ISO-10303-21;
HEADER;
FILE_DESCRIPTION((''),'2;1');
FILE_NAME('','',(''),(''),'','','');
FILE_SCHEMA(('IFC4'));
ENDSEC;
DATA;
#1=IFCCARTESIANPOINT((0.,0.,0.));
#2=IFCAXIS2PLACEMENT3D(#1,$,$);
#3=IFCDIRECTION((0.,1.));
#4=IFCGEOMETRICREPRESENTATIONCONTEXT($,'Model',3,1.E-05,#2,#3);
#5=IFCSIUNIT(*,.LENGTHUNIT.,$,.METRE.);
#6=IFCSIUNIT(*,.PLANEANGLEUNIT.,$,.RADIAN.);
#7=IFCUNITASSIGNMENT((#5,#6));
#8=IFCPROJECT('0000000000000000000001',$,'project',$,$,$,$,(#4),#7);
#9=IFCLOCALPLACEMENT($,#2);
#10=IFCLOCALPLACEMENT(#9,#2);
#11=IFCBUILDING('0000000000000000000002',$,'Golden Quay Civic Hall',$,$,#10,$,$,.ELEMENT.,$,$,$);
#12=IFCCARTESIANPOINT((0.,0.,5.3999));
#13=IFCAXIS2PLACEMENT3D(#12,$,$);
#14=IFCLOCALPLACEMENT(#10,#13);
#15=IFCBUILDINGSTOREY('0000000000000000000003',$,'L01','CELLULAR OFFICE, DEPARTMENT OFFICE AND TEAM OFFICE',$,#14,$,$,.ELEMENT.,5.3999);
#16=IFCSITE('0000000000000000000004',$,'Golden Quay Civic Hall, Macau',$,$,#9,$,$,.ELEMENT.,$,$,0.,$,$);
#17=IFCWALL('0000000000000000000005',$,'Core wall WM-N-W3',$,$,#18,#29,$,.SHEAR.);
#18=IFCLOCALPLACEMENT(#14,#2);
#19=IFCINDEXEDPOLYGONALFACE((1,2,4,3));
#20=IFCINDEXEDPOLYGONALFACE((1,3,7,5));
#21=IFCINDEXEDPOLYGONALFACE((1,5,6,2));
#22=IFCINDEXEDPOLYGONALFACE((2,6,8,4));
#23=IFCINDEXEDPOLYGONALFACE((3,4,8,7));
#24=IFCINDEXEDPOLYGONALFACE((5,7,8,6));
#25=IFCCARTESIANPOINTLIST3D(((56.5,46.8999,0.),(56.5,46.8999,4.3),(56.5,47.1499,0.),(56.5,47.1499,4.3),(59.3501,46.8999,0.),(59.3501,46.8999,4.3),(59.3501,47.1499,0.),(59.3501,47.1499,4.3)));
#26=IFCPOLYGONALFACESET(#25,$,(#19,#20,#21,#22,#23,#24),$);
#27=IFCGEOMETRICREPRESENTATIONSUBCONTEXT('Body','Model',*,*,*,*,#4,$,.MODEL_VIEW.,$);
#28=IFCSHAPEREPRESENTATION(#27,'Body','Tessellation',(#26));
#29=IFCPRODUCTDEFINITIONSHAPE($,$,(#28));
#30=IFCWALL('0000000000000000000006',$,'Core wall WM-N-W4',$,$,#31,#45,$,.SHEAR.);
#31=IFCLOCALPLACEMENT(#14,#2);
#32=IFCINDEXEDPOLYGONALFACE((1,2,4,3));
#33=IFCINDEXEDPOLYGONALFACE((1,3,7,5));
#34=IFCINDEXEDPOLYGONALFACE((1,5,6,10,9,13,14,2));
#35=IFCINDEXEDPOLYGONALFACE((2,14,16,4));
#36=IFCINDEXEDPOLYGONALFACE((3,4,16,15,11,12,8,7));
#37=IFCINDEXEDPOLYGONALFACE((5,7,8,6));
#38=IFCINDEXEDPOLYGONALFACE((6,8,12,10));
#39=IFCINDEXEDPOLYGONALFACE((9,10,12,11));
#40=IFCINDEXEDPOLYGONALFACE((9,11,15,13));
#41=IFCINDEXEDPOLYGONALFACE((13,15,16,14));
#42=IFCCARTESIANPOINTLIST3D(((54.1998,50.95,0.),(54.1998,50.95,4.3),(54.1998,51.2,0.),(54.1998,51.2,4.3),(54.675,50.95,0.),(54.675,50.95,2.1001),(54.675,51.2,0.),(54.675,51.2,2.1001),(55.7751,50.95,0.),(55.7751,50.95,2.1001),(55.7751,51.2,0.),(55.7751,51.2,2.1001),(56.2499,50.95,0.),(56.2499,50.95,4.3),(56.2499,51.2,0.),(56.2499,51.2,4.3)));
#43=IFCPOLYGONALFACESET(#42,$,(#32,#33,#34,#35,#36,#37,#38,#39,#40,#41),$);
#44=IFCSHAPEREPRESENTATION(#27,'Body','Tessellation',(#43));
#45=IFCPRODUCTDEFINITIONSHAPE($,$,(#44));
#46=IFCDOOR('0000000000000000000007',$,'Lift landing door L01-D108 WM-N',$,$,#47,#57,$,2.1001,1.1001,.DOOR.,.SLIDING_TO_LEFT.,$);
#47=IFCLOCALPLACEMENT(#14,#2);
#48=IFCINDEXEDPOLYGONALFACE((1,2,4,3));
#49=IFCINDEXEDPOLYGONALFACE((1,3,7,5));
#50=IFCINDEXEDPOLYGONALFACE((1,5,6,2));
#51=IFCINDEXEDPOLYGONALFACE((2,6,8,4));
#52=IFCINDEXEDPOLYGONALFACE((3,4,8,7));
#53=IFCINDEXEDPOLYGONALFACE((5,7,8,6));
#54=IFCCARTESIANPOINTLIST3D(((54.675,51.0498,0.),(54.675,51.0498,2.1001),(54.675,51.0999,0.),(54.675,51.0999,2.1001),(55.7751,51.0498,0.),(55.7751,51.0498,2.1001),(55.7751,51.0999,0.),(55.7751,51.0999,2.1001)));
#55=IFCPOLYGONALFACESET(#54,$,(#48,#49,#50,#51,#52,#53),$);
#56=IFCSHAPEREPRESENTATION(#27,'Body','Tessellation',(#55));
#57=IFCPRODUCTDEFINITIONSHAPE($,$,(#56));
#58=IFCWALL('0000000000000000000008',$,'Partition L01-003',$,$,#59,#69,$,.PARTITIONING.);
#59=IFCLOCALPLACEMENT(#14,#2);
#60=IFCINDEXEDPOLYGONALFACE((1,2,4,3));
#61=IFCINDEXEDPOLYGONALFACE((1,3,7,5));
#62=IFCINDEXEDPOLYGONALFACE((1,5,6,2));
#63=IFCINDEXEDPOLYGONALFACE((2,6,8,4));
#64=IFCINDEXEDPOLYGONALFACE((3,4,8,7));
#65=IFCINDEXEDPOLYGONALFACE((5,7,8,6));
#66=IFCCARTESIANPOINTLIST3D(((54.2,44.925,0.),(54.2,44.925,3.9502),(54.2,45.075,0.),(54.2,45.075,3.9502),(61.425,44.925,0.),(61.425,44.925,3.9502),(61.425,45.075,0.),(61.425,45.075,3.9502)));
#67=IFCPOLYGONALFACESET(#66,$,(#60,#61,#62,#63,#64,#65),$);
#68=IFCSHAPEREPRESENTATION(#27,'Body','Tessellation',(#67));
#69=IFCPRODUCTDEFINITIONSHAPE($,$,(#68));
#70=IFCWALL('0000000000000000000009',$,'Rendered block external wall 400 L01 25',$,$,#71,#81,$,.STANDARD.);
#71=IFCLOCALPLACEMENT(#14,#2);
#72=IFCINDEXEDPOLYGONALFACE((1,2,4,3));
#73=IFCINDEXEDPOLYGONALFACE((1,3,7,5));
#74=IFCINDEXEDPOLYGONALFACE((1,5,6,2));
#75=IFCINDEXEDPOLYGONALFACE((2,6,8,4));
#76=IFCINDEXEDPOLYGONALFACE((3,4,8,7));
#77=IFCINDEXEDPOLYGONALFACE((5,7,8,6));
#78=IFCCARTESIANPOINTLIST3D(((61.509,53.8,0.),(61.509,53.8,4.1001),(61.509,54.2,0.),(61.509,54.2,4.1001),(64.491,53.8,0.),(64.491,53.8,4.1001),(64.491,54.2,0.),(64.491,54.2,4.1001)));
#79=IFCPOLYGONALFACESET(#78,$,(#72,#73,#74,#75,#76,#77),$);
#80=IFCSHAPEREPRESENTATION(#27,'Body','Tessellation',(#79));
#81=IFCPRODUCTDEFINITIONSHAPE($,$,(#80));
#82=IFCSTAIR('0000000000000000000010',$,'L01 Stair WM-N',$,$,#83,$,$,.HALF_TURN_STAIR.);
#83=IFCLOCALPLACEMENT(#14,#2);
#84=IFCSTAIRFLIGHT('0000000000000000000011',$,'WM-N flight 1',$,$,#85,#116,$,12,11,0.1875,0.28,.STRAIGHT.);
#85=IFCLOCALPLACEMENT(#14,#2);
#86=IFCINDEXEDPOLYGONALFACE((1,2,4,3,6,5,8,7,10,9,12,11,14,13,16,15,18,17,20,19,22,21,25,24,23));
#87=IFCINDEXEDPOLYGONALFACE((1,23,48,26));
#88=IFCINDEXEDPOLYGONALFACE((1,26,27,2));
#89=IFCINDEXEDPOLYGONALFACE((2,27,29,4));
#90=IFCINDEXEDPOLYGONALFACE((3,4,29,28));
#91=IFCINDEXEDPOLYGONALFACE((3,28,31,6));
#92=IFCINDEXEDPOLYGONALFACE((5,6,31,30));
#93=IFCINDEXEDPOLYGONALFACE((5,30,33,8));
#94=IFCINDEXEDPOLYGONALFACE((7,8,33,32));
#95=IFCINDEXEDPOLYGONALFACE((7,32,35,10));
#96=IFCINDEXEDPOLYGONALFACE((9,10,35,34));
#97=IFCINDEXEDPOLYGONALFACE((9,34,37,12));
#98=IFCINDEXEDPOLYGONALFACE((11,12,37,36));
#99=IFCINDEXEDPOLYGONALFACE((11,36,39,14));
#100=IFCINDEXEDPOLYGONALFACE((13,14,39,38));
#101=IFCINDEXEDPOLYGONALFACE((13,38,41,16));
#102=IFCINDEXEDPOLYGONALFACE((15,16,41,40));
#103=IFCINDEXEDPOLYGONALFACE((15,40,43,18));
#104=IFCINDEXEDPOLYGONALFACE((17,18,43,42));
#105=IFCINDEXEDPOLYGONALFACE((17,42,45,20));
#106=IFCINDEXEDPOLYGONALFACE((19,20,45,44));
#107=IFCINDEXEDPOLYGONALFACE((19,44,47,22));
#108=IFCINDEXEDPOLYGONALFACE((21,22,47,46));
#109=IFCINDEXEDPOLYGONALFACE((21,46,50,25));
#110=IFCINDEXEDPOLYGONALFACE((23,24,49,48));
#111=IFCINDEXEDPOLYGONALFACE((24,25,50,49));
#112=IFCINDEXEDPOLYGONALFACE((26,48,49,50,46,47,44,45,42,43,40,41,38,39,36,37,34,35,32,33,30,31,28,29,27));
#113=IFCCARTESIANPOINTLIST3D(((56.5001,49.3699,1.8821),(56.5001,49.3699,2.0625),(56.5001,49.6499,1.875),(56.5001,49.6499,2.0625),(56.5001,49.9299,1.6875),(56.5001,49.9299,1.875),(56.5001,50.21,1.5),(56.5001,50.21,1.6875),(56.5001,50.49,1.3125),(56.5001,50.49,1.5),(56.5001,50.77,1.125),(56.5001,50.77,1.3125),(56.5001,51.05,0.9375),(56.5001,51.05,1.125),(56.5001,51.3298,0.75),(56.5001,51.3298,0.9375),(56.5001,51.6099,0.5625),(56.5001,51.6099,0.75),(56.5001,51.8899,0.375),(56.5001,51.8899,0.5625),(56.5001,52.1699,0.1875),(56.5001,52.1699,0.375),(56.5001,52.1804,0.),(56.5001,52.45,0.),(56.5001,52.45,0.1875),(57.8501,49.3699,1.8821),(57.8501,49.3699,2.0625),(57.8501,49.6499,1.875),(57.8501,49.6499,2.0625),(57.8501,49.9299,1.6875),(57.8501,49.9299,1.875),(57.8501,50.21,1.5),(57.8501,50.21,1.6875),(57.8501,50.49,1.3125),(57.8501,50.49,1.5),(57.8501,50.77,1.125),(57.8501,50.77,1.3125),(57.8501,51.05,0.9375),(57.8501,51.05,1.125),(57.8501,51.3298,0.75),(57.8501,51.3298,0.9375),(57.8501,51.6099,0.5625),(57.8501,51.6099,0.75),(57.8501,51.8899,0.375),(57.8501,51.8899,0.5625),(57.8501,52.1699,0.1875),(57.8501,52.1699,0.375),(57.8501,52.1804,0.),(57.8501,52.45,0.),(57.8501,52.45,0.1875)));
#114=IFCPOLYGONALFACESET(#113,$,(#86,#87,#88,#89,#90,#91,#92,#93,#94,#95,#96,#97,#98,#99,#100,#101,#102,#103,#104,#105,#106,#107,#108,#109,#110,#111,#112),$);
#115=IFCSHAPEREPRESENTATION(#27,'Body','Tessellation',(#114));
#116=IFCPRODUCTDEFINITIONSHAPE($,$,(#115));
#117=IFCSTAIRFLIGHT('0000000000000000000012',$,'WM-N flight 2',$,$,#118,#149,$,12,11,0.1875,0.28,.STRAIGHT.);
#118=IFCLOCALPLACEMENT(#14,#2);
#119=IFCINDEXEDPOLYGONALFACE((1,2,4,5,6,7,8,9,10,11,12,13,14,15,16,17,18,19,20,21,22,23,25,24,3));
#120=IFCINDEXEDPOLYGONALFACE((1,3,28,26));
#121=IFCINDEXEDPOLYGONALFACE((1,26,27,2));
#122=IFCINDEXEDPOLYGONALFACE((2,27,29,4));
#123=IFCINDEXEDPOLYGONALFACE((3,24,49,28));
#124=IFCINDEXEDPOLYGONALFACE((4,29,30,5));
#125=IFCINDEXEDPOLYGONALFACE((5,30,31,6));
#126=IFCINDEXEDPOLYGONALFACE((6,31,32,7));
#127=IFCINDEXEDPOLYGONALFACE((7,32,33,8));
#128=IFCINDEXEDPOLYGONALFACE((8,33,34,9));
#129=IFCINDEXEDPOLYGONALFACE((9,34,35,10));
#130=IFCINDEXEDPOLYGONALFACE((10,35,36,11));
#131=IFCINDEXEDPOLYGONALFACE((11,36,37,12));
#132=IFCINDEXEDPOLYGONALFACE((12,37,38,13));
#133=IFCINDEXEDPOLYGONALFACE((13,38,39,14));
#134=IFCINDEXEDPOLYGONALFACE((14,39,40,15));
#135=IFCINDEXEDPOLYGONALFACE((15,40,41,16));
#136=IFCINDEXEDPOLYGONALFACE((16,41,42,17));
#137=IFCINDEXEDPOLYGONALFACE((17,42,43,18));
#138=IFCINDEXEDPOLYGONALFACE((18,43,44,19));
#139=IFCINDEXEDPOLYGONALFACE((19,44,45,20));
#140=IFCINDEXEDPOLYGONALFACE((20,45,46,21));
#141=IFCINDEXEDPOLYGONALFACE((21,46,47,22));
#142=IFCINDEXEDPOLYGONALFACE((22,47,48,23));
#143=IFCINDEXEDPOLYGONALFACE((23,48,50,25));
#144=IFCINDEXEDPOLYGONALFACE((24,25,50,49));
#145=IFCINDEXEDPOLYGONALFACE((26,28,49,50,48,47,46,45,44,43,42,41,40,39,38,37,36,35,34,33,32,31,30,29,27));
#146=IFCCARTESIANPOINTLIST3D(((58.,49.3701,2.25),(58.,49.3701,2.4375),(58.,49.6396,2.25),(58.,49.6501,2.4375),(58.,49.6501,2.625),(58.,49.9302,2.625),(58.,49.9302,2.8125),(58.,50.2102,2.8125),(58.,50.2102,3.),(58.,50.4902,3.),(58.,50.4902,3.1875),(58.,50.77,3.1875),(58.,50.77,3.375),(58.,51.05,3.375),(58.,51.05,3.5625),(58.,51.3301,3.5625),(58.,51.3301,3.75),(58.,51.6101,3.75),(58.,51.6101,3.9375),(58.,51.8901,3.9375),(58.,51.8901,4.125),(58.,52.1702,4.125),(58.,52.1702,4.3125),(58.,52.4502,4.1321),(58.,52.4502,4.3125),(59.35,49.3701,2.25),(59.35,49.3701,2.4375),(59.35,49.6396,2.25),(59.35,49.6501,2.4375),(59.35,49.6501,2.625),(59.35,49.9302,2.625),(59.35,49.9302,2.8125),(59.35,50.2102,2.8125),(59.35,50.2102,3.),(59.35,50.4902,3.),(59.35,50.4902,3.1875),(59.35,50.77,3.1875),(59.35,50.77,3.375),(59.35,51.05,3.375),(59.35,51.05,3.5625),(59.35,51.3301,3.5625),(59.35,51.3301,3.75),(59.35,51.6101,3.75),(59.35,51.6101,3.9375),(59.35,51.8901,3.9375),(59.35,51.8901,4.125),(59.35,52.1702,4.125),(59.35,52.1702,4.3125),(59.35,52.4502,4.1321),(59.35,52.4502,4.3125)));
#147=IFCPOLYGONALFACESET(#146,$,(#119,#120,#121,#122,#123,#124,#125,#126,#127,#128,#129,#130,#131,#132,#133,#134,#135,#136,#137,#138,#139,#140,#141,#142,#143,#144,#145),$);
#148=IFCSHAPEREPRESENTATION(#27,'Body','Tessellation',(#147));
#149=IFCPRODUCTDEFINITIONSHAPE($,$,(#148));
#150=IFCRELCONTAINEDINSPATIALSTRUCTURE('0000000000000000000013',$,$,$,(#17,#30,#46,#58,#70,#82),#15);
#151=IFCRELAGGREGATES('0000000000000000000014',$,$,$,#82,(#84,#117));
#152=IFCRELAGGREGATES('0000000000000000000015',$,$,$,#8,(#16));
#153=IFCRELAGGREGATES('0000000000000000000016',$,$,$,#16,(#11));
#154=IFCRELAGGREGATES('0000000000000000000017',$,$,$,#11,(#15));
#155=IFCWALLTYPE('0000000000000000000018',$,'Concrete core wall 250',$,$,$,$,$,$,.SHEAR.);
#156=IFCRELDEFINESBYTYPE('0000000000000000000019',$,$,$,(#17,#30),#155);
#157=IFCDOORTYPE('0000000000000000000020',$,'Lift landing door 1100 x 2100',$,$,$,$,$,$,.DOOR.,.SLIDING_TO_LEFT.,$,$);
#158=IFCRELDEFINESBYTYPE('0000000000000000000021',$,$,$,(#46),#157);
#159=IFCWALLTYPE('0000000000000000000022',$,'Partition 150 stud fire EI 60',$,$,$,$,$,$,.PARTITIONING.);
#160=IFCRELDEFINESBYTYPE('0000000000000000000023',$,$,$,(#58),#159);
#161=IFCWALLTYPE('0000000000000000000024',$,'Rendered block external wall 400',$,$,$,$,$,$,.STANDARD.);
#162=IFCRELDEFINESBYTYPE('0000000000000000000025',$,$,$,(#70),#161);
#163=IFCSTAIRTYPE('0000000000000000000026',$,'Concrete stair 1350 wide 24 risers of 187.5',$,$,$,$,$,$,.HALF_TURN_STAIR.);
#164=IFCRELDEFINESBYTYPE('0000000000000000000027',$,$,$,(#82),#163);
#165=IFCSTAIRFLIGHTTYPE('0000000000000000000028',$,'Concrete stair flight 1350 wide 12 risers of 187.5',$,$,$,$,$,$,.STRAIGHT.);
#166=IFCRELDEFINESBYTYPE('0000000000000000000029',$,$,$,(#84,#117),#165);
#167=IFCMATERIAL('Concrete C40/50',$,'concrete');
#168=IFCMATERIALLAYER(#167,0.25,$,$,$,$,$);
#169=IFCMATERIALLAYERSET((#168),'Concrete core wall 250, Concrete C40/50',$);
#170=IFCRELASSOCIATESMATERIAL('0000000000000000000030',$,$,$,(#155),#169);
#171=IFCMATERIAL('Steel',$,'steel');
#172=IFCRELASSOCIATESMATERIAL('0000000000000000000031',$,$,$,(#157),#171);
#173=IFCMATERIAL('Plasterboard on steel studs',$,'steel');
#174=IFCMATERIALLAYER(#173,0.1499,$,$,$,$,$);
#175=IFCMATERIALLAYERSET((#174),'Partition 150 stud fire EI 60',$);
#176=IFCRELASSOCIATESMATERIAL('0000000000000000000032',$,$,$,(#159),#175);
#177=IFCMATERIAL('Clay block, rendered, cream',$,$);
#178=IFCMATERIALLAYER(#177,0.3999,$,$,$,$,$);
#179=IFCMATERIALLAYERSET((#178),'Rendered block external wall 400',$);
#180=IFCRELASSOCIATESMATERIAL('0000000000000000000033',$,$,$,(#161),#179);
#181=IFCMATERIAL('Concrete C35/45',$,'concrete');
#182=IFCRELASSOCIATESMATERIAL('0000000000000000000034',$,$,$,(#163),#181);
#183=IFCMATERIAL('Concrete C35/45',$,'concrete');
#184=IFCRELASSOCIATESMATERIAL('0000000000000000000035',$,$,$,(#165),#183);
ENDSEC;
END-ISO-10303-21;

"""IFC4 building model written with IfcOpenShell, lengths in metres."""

from ifc_helpers import new_model, si_unit, direction, frame, frame_2d, origin, place, context, subcontext, project, spatial, polyline, rectangle, outline, extrude, material, layer, layer_set, type_object, element, fill, aggregate, save


model = new_model("IFC4")

# Units and contexts
model_context = context("Model", 3, precision=1e-05, world=origin(), true_north=direction((0.0, 1.0)))
body_context = subcontext(model_context, "Body", "Model", "MODEL_VIEW")
ifc_project = project(units=[si_unit("LENGTHUNIT", "METRE"), si_unit("PLANEANGLEUNIT", "RADIAN")], contexts=[model_context])

# Site, building, storey
site_placement = place(None, origin())
site = spatial("IfcSite", under=ifc_project, at=site_placement, Name="Golden Quay Civic Hall, Macau", CompositionType="ELEMENT", RefElevation=0.0)
building_placement = place(site_placement, origin())
building = spatial("IfcBuilding", under=site, at=building_placement, Name="Golden Quay Civic Hall", CompositionType="ELEMENT")
storey_placement = place(building_placement, frame((0.0, 0.0, 5.3999)))
storey = spatial("IfcBuildingStorey", under=building, at=storey_placement, Name="L01", Description="CELLULAR OFFICE, DEPARTMENT OFFICE AND TEAM OFFICE", CompositionType="ELEMENT", Elevation=5.3999)

# Shared definitions
ifc_material_1 = material(Name="Concrete C40/50", Category="concrete")
ifc_layer_1 = layer(ifc_material_1, 0.25)
ifc_layer_set_1 = layer_set([ifc_layer_1], Name="Concrete core wall 250, Concrete C40/50")
wall_type_1 = type_object("IfcWallType", Name="Concrete core wall 250", PredefinedType="SHEAR", material=ifc_layer_set_1)

# Wall
wall_1_placement = place(storey_placement, frame((56.5, 47.0249, 0.0), z_axis=(0.0, 0.0, 1.0), x_axis=(1.0, 0.0, 0.0)))
element("IfcWall", 1, at=wall_1_placement, inside=storey, type_object=wall_type_1, Name="Core wall WM-N-W3", PredefinedType="SHEAR", context=body_context, shape_type="SweptSolid", body=[
    extrude(rectangle(XDim=2.8501, YDim=0.25, at=frame_2d((1.425, 0.0))), origin(), (0.0, 0.0, 1.0), 4.3),
])

# Wall, opening, door
wall_2_placement = place(storey_placement, frame((54.2, 51.075, 0.0), z_axis=(0.0, 0.0, 1.0), x_axis=(1.0, 0.0, 0.0)))
wall_2 = element("IfcWall", 2, at=wall_2_placement, inside=storey, type_object=wall_type_1, Name="Core wall WM-N-W4", PredefinedType="SHEAR", context=body_context, shape_type="SweptSolid", body=[
    extrude(rectangle(XDim=2.05, YDim=0.25, at=frame_2d((1.0249, 0.0))), origin(), (0.0, 0.0, 1.0), 4.3),
])
opening_1_placement = place(wall_2_placement, frame((0.4751, 0.0, 0.0)))
opening_1 = element("IfcOpeningElement", 3, at=opening_1_placement, cuts=wall_2, PredefinedType="OPENING", context=body_context, shape_type="SweptSolid", body=[
    extrude(rectangle(XDim=1.1001, YDim=2.1001, at=frame_2d((0.55, 1.05))), frame((0.0, 0.135, 0.0), z_axis=(0.0, -1.0, 0.0), x_axis=(1.0, 0.0, 0.0)), (0.0, 0.0, 1.0), 0.27),
])
ifc_material_2 = material(Name="Steel", Category="steel")
door_type_1 = type_object("IfcDoorType", Name="Lift landing door 1100 x 2100", OperationType="SLIDING_TO_LEFT", PredefinedType="DOOR", material=ifc_material_2)
door_1_placement = place(opening_1_placement, origin())
door_1 = element("IfcDoor", 4, at=door_1_placement, inside=storey, type_object=door_type_1, Name="Lift landing door L01-D108 WM-N", OperationType="SLIDING_TO_LEFT", OverallHeight=2.1001, OverallWidth=1.1001, PredefinedType="DOOR", context=body_context, shape_type="SweptSolid", body=[
    extrude(rectangle(XDim=1.1001, YDim=2.1001, at=frame_2d((0.55, 1.05))), frame((0.0, 0.0249, 0.0), z_axis=(0.0, -1.0, 0.0), x_axis=(1.0, 0.0, 0.0)), (0.0, 0.0, 1.0), 0.05),
])
fill(opening_1, door_1)

# Walls
ifc_material_3 = material(Name="Plasterboard on steel studs", Category="steel")
ifc_layer_2 = layer(ifc_material_3, 0.1499)
ifc_layer_set_2 = layer_set([ifc_layer_2], Name="Partition 150 stud fire EI 60")
wall_type_2 = type_object("IfcWallType", Name="Partition 150 stud fire EI 60", PredefinedType="PARTITIONING", material=ifc_layer_set_2)
wall_3_placement = place(storey_placement, frame((54.2, 45.0, 0.0), z_axis=(0.0, 0.0, 1.0), x_axis=(1.0, 0.0, 0.0)))
element("IfcWall", 5, at=wall_3_placement, inside=storey, type_object=wall_type_2, Name="Partition L01-003", PredefinedType="PARTITIONING", context=body_context, shape_type="SweptSolid", body=[
    extrude(rectangle(XDim=7.2251, YDim=0.1499, at=frame_2d((3.6125, 0.0))), origin(), (0.0, 0.0, 1.0), 3.9502),
])
ifc_material_4 = material(Name="Clay block, rendered, cream")
ifc_layer_3 = layer(ifc_material_4, 0.3999)
ifc_layer_set_3 = layer_set([ifc_layer_3], Name="Rendered block external wall 400")
wall_type_3 = type_object("IfcWallType", Name="Rendered block external wall 400", PredefinedType="STANDARD", material=ifc_layer_set_3)
wall_4_placement = place(storey_placement, frame((61.509, 54.0, 0.0), z_axis=(0.0, 0.0, 1.0), x_axis=(1.0, 0.0, 0.0)))
element("IfcWall", 6, at=wall_4_placement, inside=storey, type_object=wall_type_3, Name="Rendered block external wall 400 L01 25", PredefinedType="STANDARD", context=body_context, shape_type="SweptSolid", body=[
    extrude(rectangle(XDim=2.9819, YDim=0.3999, at=frame_2d((1.491, 0.0))), origin(), (0.0, 0.0, 1.0), 4.1001),
])

# Stair, stair flights
ifc_material_5 = material(Name="Concrete C35/45", Category="concrete")
stair_type = type_object("IfcStairType", Name="Concrete stair 1350 wide 24 risers of 187.5", PredefinedType="HALF_TURN_STAIR", material=ifc_material_5)
stair_placement = place(storey_placement, origin())
stair = element("IfcStair", 7, at=stair_placement, inside=storey, type_object=stair_type, Name="L01 Stair WM-N", PredefinedType="HALF_TURN_STAIR")
ifc_material_6 = material(Name="Concrete C35/45", Category="concrete")
stair_flight_type = type_object("IfcStairFlightType", Name="Concrete stair flight 1350 wide 12 risers of 187.5", PredefinedType="STRAIGHT", material=ifc_material_6)
stair_flight_1_placement = place(storey_placement, frame((57.175, 52.45, 0.0), z_axis=(0.0, 0.0, 1.0), x_axis=(0.0, -1.0, 0.0)))
stair_flight_1 = element("IfcStairFlight", 8, at=stair_flight_1_placement, type_object=stair_flight_type, Name="WM-N flight 1", NumberOfRisers=12, NumberOfTreads=11, PredefinedType="STRAIGHT", RiserHeight=0.1875, TreadLength=0.28, context=body_context, shape_type="SweptSolid", body=[
    extrude(outline(polyline([(0.0, 0.0), (0.0, 0.1875), (0.28, 0.1875), (0.28, 0.375), (0.5601, 0.375), (0.5601, 0.5625), (0.8401, 0.5625), (0.8401, 0.75), (1.1201, 0.75), (1.1201, 0.9375), (1.3999, 0.9375), (1.3999, 1.125), (1.6799, 1.125), (1.6799, 1.3125), (1.96, 1.3125), (1.96, 1.5), (2.24, 1.5), (2.24, 1.6875), (2.52, 1.6875), (2.52, 1.875), (2.8, 1.875), (2.8, 2.0625), (3.0801, 2.0625), (3.0801, 2.25), (3.0801, 1.8821), (0.2695, 0.0), (0.0, 0.0)])), frame((0.0, 0.675, 0.0), z_axis=(0.0, -1.0, 0.0), x_axis=(1.0, 0.0, 0.0)), (0.0, 0.0, 1.0), 1.35),
])
stair_flight_2_placement = place(storey_placement, frame((58.675, 49.3701, 2.25), z_axis=(0.0, 0.0, 1.0), x_axis=(0.0, 1.0, 0.0)))
stair_flight_2 = element("IfcStairFlight", 9, at=stair_flight_2_placement, type_object=stair_flight_type, Name="WM-N flight 2", NumberOfRisers=12, NumberOfTreads=11, PredefinedType="STRAIGHT", RiserHeight=0.1875, TreadLength=0.28, context=body_context, shape_type="SweptSolid", body=[
    extrude(outline(polyline([(0.0, 0.0), (0.0, 0.1875), (0.28, 0.1875), (0.28, 0.375), (0.5601, 0.375), (0.5601, 0.5625), (0.8401, 0.5625), (0.8401, 0.75), (1.1201, 0.75), (1.1201, 0.9375), (1.3999, 0.9375), (1.3999, 1.125), (1.6799, 1.125), (1.6799, 1.3125), (1.96, 1.3125), (1.96, 1.5), (2.24, 1.5), (2.24, 1.6875), (2.52, 1.6875), (2.52, 1.875), (2.8, 1.875), (2.8, 2.0625), (3.0801, 2.0625), (3.0801, 2.25), (3.0801, 1.8821), (0.2695, 0.0), (0.0, 0.0)])), frame((0.0, 0.675, 0.0), z_axis=(0.0, -1.0, 0.0), x_axis=(1.0, 0.0, 0.0)), (0.0, 0.0, 1.0), 1.35),
])
aggregate(stair, [stair_flight_1, stair_flight_2])

save(model, "model.ifc")
